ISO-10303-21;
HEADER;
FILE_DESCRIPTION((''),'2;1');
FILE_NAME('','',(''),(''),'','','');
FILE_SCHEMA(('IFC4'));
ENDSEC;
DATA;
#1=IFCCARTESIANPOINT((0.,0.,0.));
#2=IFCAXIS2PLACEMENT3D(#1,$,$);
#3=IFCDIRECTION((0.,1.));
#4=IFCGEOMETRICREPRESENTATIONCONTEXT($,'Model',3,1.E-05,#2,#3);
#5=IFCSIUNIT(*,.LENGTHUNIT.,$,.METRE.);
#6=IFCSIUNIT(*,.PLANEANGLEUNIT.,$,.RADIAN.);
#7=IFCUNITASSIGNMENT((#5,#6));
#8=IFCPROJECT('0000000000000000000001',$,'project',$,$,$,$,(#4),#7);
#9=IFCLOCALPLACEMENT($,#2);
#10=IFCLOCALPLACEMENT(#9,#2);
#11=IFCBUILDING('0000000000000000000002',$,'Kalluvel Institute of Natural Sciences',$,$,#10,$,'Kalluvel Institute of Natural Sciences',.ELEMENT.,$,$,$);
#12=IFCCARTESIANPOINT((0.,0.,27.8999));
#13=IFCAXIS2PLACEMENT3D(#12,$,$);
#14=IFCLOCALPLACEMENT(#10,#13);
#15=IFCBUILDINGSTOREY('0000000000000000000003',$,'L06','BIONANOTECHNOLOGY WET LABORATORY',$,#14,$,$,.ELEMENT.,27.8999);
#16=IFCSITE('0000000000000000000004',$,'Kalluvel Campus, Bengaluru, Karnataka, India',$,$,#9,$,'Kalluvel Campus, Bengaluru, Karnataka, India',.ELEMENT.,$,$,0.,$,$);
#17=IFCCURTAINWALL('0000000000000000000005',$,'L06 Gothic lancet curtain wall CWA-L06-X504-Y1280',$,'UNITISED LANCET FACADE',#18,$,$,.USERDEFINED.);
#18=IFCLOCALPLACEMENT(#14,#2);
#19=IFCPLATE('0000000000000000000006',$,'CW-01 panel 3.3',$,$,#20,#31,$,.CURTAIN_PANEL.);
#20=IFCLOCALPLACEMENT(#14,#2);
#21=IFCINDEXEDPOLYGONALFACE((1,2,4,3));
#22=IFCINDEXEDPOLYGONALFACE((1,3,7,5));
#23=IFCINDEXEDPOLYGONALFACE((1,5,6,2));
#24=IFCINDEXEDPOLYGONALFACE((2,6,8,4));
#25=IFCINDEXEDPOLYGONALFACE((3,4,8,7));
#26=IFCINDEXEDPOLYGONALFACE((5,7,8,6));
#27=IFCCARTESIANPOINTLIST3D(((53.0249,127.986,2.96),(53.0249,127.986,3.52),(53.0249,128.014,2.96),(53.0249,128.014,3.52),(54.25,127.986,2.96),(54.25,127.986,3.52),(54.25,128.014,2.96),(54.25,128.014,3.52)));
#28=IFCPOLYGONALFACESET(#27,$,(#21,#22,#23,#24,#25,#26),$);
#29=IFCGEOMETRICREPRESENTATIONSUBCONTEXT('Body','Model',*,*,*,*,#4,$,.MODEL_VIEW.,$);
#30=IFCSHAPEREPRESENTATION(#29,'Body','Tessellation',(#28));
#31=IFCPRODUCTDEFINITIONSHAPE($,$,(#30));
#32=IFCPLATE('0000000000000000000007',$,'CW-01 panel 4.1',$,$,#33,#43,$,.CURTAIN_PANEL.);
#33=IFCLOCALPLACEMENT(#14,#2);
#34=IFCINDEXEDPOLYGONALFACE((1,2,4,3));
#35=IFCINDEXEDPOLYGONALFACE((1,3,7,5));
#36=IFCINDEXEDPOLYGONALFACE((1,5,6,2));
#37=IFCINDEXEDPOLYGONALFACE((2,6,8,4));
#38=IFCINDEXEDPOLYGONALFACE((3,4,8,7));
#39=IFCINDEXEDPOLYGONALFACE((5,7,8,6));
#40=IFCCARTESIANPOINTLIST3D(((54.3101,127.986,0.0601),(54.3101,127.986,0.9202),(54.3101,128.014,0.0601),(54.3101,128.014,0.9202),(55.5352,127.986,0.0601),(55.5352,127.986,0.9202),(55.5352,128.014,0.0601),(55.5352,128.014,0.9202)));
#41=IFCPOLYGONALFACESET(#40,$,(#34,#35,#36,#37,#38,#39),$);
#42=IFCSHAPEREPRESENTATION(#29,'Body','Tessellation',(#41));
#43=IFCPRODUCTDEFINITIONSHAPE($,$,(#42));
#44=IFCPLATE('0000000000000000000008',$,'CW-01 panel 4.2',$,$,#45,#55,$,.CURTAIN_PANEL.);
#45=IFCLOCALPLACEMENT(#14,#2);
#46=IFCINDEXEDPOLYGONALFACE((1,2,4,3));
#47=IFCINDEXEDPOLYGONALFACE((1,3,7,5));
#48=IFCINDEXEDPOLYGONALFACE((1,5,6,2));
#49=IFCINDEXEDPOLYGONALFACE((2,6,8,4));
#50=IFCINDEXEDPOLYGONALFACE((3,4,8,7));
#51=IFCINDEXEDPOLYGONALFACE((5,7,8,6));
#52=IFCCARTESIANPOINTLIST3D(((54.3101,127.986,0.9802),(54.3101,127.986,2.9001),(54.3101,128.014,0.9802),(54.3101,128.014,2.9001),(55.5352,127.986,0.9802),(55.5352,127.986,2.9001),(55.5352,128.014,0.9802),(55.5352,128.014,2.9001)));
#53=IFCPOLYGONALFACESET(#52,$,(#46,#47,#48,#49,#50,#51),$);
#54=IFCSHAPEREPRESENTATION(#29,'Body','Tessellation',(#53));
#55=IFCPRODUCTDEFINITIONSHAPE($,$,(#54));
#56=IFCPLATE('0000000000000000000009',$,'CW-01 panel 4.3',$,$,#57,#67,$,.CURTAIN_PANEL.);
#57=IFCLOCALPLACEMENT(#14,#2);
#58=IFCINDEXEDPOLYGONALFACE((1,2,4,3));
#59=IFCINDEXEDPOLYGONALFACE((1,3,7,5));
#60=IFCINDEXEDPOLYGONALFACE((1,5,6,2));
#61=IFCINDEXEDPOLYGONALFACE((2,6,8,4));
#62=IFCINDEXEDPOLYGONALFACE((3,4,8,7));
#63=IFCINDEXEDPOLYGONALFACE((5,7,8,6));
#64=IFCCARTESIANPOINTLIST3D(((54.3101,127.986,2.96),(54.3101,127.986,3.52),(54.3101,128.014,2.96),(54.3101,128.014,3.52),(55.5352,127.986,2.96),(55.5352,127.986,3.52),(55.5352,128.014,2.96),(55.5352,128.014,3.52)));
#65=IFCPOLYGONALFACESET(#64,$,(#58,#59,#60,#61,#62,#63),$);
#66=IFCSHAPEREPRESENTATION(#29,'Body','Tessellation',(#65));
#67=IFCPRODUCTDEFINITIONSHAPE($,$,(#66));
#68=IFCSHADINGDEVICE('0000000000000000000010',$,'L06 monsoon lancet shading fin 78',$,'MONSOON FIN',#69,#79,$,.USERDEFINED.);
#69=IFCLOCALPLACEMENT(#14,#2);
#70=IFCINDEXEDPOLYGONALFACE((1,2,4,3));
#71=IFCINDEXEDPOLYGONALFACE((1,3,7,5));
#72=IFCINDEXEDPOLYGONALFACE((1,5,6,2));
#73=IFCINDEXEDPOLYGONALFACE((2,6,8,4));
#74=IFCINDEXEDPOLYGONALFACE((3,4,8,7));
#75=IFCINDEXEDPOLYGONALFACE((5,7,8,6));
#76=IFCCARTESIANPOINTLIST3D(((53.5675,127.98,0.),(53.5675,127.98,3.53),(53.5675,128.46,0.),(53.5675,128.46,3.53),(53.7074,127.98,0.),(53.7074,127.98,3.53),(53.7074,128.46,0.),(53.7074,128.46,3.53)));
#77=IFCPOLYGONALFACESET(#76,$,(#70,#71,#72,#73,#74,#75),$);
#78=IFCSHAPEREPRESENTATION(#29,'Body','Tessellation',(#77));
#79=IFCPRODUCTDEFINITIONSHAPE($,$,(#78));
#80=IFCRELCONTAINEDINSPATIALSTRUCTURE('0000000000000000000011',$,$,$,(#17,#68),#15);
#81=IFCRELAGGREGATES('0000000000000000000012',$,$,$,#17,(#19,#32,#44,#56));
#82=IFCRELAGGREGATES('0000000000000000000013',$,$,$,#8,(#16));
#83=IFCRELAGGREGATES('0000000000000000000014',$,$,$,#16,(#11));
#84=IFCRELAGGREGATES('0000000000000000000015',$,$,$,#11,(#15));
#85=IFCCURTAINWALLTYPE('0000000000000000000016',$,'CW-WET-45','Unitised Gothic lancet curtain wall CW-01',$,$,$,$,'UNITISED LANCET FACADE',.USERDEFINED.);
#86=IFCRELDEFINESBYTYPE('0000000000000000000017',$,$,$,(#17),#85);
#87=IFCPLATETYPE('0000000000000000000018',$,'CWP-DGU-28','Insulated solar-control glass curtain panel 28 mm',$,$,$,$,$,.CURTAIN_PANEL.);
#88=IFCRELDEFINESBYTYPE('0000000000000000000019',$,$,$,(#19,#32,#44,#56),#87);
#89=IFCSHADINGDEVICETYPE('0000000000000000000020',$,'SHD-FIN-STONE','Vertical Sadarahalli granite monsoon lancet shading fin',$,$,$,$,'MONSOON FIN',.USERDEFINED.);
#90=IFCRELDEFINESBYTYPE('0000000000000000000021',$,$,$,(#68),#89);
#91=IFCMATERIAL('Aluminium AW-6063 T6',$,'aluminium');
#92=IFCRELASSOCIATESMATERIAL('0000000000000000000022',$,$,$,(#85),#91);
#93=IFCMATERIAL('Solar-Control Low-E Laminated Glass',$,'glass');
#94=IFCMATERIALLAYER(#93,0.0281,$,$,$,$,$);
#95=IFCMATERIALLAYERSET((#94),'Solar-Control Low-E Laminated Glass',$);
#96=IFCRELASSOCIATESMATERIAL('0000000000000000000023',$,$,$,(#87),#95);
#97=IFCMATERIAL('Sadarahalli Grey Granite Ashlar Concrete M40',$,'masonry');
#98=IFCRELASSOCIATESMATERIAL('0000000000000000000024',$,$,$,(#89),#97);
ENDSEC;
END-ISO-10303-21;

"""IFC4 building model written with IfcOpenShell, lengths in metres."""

from ifc_helpers import new_model, si_unit, direction, frame, origin, origin_2d, place, context, subcontext, project, spatial, rectangle, extrude, material, layer, layer_set, type_object, element, aggregate, save


model = new_model("IFC4")

# Units and contexts
model_context = context("Model", 3, precision=1e-05, world=origin(), true_north=direction((0.0, 1.0)))
body_context = subcontext(model_context, "Body", "Model", "MODEL_VIEW")
ifc_project = project(units=[si_unit("LENGTHUNIT", "METRE"), si_unit("PLANEANGLEUNIT", "RADIAN")], contexts=[model_context])

# Site, building, storey
site_placement = place(None, origin())
site = spatial("IfcSite", under=ifc_project, at=site_placement, Name="Kalluvel Campus, Bengaluru, Karnataka, India", LongName="Kalluvel Campus, Bengaluru, Karnataka, India", CompositionType="ELEMENT", RefElevation=0.0)
building_placement = place(site_placement, origin())
building = spatial("IfcBuilding", under=site, at=building_placement, Name="Kalluvel Institute of Natural Sciences", LongName="Kalluvel Institute of Natural Sciences", CompositionType="ELEMENT")
storey_placement = place(building_placement, frame((0.0, 0.0, 27.8999)))
storey = spatial("IfcBuildingStorey", under=building, at=storey_placement, Name="L06", Description="BIONANOTECHNOLOGY WET LABORATORY", CompositionType="ELEMENT", Elevation=27.8999)

# Curtain wall, plates
ifc_material_1 = material(Name="Aluminium AW-6063 T6", Category="aluminium")
curtain_wall_type = type_object("IfcCurtainWallType", Name="CW-WET-45", Description="Unitised Gothic lancet curtain wall CW-01", ElementType="UNITISED LANCET FACADE", PredefinedType="USERDEFINED", material=ifc_material_1)
curtain_wall_placement = place(storey_placement, origin())
curtain_wall = element("IfcCurtainWall", 1, at=curtain_wall_placement, inside=storey, type_object=curtain_wall_type, Name="L06 Gothic lancet curtain wall CWA-L06-X504-Y1280", ObjectType="UNITISED LANCET FACADE", PredefinedType="USERDEFINED")
ifc_material_2 = material(Name="Solar-Control Low-E Laminated Glass", Category="glass")
ifc_layer = layer(ifc_material_2, 0.0281)
ifc_layer_set = layer_set([ifc_layer], Name="Solar-Control Low-E Laminated Glass")
plate_type = type_object("IfcPlateType", Name="CWP-DGU-28", Description="Insulated solar-control glass curtain panel 28 mm", PredefinedType="CURTAIN_PANEL", material=ifc_layer_set)
plate_1_placement = place(storey_placement, frame((53.6375, 128.0, 2.96), z_axis=(0.0, 0.0, 1.0), x_axis=(1.0, 0.0, 0.0)))
plate_1 = element("IfcPlate", 2, at=plate_1_placement, type_object=plate_type, Name="CW-01 panel 3.3", PredefinedType="CURTAIN_PANEL", context=body_context, shape_type="SweptSolid", body=[
    extrude(rectangle(XDim=1.2251, YDim=0.0281, at=origin_2d()), origin(), (0.0, 0.0, 1.0), 0.5601),
])
plate_2_placement = place(storey_placement, frame((54.9226, 128.0, 0.0601), z_axis=(0.0, 0.0, 1.0), x_axis=(1.0, 0.0, 0.0)))
plate_2 = element("IfcPlate", 3, at=plate_2_placement, type_object=plate_type, Name="CW-01 panel 4.1", PredefinedType="CURTAIN_PANEL", context=body_context, shape_type="SweptSolid", body=[
    extrude(rectangle(XDim=1.2251, YDim=0.0281, at=origin_2d()), origin(), (0.0, 0.0, 1.0), 0.8601),
])
plate_3_placement = place(storey_placement, frame((54.9226, 128.0, 0.9802), z_axis=(0.0, 0.0, 1.0), x_axis=(1.0, 0.0, 0.0)))
plate_3 = element("IfcPlate", 4, at=plate_3_placement, type_object=plate_type, Name="CW-01 panel 4.2", PredefinedType="CURTAIN_PANEL", context=body_context, shape_type="SweptSolid", body=[
    extrude(rectangle(XDim=1.2251, YDim=0.0281, at=origin_2d()), origin(), (0.0, 0.0, 1.0), 1.9199),
])
plate_4_placement = place(storey_placement, frame((54.9226, 128.0, 2.96), z_axis=(0.0, 0.0, 1.0), x_axis=(1.0, 0.0, 0.0)))
plate_4 = element("IfcPlate", 5, at=plate_4_placement, type_object=plate_type, Name="CW-01 panel 4.3", PredefinedType="CURTAIN_PANEL", context=body_context, shape_type="SweptSolid", body=[
    extrude(rectangle(XDim=1.2251, YDim=0.0281, at=origin_2d()), origin(), (0.0, 0.0, 1.0), 0.5601),
])
aggregate(curtain_wall, [plate_1, plate_2, plate_3, plate_4])

# Shading device
ifc_material_3 = material(Name="Sadarahalli Grey Granite Ashlar Concrete M40", Category="masonry")
shading_device_type = type_object("IfcShadingDeviceType", Name="SHD-FIN-STONE", Description="Vertical Sadarahalli granite monsoon lancet shading fin", ElementType="MONSOON FIN", PredefinedType="USERDEFINED", material=ifc_material_3)
shading_device_placement = place(storey_placement, frame((53.6375, 128.22, 0.0), z_axis=(0.0, 0.0, 1.0), x_axis=(1.0, 0.0, 0.0)))
element("IfcShadingDevice", 6, at=shading_device_placement, inside=storey, type_object=shading_device_type, Name="L06 monsoon lancet shading fin 78", ObjectType="MONSOON FIN", PredefinedType="USERDEFINED", context=body_context, shape_type="SweptSolid", body=[
    extrude(rectangle(XDim=0.1399, YDim=0.48, at=origin_2d()), origin(), (0.0, 0.0, 1.0), 3.53),
])

save(model, "model.ifc")
